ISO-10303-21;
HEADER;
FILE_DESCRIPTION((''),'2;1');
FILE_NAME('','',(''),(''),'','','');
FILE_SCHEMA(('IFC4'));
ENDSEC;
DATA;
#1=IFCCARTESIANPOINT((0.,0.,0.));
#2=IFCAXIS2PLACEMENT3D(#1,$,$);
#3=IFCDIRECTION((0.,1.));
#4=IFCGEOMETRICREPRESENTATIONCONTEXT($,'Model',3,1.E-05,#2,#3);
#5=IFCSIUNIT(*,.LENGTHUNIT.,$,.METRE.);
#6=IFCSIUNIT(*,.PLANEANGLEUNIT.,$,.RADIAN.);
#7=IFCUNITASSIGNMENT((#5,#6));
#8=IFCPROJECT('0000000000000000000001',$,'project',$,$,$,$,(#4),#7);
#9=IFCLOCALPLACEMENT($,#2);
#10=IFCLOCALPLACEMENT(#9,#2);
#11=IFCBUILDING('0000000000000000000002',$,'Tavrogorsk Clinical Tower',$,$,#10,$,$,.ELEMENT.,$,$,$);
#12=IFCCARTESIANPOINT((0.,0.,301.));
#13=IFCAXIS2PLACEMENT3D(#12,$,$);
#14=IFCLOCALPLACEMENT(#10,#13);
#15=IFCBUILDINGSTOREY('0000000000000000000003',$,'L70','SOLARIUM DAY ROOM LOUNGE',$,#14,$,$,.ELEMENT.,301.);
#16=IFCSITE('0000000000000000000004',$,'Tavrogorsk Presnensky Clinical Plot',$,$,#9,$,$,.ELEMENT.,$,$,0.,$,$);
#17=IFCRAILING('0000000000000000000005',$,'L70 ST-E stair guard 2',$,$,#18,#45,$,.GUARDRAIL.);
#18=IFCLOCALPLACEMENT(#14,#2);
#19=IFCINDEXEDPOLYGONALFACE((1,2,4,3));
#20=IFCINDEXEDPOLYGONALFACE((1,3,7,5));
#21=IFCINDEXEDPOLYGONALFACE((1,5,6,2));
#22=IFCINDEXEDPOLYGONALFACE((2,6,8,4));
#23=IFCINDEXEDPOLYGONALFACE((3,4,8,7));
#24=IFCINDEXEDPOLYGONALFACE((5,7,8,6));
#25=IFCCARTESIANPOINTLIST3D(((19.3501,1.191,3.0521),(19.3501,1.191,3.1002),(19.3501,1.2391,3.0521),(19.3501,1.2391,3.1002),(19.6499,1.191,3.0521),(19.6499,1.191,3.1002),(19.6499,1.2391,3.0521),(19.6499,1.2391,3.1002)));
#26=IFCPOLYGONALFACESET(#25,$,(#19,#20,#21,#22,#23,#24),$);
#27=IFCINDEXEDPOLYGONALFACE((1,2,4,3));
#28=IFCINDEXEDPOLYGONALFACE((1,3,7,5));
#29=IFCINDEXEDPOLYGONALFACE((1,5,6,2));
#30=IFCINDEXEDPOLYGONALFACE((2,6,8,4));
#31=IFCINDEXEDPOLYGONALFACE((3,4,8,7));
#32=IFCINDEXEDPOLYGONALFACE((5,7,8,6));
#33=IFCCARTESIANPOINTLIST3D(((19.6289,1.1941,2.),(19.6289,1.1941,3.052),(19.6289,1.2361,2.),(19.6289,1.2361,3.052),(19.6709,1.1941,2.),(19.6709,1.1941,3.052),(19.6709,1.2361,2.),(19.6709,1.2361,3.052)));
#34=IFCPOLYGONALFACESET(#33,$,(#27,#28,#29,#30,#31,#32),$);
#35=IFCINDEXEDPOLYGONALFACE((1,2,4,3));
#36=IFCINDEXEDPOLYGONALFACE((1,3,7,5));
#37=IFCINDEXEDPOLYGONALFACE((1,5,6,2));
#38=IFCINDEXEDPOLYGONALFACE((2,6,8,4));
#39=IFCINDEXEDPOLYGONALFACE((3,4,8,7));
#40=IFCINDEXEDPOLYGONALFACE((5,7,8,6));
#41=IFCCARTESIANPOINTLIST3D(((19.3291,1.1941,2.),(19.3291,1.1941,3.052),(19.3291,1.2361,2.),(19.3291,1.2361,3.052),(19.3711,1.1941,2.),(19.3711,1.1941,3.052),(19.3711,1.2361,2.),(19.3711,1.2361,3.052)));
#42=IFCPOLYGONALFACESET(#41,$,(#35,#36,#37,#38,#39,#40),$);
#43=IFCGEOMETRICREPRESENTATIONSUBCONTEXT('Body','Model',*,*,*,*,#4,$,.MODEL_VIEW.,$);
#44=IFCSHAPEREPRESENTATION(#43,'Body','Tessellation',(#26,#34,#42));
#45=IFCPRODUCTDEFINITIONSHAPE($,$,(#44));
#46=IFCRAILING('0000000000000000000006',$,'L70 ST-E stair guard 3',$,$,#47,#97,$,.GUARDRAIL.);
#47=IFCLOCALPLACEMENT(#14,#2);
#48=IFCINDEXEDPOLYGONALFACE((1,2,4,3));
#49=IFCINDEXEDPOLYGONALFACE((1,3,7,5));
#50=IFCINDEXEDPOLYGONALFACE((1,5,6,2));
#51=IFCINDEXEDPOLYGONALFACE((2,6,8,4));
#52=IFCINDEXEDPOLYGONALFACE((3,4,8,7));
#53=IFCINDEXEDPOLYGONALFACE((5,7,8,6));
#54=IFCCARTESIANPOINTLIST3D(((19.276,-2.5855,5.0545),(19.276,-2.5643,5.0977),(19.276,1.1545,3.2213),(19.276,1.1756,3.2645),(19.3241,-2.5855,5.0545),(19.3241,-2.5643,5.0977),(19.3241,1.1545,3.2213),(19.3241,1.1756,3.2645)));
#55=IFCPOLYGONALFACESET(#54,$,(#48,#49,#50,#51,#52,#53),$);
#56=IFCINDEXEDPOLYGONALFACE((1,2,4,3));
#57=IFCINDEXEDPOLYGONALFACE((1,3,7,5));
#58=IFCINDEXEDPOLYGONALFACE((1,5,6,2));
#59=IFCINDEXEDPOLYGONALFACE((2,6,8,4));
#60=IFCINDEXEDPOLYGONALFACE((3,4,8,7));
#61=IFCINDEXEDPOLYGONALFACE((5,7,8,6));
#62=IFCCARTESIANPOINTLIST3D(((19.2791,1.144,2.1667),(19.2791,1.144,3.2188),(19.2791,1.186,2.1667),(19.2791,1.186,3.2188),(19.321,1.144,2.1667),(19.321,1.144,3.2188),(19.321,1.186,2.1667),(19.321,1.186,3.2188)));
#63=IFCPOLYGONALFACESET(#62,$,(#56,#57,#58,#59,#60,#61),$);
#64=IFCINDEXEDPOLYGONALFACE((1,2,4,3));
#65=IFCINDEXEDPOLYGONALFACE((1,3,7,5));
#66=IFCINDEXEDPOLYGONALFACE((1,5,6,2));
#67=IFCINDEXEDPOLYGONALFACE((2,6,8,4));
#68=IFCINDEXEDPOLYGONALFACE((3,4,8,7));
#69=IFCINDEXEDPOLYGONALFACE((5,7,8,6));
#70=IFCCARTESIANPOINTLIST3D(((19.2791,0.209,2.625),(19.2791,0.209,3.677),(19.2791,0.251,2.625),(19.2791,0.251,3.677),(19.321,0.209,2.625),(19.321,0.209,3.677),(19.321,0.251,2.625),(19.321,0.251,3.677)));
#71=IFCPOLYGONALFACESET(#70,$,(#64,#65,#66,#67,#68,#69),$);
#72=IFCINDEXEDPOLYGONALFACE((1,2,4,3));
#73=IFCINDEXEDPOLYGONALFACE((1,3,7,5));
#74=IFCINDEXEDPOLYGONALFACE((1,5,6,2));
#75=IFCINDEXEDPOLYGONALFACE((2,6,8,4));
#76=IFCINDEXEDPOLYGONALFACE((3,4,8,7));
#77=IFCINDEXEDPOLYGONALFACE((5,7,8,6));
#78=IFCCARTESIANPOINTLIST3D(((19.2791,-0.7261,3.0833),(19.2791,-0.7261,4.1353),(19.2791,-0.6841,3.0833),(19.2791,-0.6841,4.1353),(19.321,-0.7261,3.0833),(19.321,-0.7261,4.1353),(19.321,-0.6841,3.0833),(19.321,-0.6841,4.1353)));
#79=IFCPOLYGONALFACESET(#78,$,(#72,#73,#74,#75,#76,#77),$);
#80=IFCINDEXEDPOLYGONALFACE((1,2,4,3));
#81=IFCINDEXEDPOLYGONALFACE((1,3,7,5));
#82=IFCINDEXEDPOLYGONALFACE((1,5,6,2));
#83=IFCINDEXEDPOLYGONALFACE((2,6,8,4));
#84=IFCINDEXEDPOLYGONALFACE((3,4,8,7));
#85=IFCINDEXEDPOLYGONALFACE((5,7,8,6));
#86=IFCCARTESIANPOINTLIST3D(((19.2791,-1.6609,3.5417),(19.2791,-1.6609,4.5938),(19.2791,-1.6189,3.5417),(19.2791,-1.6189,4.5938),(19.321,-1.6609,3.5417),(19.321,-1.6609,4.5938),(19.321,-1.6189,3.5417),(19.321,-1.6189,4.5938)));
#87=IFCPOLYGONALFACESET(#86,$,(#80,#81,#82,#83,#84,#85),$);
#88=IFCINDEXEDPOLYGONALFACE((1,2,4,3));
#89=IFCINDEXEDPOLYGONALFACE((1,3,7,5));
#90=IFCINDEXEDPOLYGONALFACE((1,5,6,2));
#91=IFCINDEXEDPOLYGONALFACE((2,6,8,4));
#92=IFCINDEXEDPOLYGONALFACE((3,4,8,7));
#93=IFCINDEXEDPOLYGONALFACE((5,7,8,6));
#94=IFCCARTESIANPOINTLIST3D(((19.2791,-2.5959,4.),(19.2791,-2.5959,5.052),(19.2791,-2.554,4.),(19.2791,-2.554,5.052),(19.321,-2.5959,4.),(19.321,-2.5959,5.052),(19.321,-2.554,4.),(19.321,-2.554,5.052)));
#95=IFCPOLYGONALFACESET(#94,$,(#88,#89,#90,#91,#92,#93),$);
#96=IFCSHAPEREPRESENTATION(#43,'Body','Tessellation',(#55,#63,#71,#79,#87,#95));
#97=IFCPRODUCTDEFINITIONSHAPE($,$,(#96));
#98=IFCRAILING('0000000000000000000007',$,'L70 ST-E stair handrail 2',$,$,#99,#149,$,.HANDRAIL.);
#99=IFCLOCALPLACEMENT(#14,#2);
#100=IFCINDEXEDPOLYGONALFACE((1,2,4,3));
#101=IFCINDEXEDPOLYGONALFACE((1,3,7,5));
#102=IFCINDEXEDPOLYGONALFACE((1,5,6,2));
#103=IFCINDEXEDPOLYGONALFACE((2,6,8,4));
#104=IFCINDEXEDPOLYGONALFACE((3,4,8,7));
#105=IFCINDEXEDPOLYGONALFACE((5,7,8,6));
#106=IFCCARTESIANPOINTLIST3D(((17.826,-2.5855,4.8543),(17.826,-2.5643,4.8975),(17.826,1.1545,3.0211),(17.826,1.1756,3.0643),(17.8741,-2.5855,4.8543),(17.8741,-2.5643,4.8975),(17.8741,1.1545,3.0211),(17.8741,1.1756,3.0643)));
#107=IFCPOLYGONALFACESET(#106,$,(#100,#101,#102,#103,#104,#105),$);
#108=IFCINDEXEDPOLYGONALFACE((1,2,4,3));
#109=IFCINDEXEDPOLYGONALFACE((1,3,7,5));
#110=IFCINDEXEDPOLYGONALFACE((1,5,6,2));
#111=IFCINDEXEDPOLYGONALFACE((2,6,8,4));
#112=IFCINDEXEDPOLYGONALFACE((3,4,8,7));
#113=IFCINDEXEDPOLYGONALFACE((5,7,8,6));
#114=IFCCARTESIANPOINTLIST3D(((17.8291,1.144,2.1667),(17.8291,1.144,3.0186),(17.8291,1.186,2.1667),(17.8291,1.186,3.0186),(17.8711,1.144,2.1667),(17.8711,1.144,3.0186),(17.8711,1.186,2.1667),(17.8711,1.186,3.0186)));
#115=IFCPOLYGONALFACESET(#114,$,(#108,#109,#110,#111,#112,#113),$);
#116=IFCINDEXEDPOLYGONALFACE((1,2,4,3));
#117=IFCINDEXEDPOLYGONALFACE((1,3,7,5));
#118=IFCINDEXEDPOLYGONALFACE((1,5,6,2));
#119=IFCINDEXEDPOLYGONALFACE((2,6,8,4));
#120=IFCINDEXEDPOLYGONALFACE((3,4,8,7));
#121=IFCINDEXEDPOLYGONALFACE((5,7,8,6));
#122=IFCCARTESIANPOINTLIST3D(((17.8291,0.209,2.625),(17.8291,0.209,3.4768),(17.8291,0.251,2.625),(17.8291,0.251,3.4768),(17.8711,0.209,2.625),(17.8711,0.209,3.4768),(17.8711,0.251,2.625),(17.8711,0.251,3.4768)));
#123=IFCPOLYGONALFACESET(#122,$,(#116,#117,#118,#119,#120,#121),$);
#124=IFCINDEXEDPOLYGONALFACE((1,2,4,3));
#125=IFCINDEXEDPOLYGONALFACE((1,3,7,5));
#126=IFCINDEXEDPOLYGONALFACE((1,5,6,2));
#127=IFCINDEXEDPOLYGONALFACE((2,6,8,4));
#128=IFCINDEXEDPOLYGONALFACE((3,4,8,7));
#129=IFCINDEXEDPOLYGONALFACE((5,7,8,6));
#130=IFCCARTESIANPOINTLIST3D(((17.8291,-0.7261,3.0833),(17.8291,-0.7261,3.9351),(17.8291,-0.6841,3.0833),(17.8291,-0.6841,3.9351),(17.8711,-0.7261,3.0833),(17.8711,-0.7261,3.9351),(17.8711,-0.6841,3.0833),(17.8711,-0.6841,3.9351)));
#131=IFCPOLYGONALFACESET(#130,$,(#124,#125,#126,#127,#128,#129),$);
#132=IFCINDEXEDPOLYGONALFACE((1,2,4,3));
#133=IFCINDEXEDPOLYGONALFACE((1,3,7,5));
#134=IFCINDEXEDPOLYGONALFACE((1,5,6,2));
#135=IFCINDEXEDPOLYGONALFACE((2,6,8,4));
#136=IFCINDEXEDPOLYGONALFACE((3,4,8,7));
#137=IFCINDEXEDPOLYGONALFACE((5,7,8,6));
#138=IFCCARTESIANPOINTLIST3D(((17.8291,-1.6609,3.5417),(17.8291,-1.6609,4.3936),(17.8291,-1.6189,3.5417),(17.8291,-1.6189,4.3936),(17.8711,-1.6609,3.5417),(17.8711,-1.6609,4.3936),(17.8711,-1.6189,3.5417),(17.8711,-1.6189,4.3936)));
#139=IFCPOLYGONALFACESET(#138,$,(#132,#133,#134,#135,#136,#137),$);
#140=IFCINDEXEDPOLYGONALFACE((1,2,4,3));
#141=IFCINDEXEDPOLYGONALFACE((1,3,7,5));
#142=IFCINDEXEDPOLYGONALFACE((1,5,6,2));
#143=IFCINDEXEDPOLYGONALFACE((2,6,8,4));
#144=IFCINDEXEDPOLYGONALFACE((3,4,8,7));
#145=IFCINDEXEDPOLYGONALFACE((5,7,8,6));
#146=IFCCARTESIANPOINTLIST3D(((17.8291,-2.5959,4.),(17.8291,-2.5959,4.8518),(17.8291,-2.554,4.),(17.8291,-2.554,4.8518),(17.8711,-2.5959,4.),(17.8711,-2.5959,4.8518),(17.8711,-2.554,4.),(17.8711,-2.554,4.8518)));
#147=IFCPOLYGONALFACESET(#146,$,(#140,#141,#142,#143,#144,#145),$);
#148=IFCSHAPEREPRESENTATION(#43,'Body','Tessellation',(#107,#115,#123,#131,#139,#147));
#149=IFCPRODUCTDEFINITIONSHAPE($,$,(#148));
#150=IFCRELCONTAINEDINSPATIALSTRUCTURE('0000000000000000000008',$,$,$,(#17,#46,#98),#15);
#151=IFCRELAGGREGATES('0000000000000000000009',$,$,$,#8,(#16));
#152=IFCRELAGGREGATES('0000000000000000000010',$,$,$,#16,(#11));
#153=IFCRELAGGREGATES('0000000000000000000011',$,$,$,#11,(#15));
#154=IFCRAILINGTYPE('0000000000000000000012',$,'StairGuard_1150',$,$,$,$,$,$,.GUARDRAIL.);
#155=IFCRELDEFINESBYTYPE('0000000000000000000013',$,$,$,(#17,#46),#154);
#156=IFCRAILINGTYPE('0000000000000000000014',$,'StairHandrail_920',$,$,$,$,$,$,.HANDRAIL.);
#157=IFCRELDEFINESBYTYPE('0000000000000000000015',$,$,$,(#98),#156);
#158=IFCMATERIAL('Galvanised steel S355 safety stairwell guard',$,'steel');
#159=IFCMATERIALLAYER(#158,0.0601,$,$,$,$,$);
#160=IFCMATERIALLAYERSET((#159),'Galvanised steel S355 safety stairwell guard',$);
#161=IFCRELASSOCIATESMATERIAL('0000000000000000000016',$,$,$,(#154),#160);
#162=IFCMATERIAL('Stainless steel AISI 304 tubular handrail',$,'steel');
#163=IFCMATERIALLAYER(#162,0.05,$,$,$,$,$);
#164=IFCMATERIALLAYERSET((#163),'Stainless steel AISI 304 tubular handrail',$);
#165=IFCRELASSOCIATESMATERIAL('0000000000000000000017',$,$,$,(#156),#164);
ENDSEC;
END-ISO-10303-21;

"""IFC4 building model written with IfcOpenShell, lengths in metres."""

from ifc_helpers import new_model, si_unit, direction, frame, origin, origin_2d, place, context, subcontext, project, spatial, rectangle, extrude, material, layer, layer_set, type_object, element, save


model = new_model("IFC4")

# Units and contexts
model_context = context("Model", 3, precision=1e-05, world=origin(), true_north=direction((0.0, 1.0)))
body_context = subcontext(model_context, "Body", "Model", "MODEL_VIEW")
ifc_project = project(units=[si_unit("LENGTHUNIT", "METRE"), si_unit("PLANEANGLEUNIT", "RADIAN")], contexts=[model_context])

# Site, building, storey
site_placement = place(None, origin())
site = spatial("IfcSite", under=ifc_project, at=site_placement, Name="Tavrogorsk Presnensky Clinical Plot", CompositionType="ELEMENT", RefElevation=0.0)
building_placement = place(site_placement, origin())
building = spatial("IfcBuilding", under=site, at=building_placement, Name="Tavrogorsk Clinical Tower", CompositionType="ELEMENT")
storey_placement = place(building_placement, frame((0.0, 0.0, 301.0)))
storey = spatial("IfcBuildingStorey", under=building, at=storey_placement, Name="L70", Description="SOLARIUM DAY ROOM LOUNGE", CompositionType="ELEMENT", Elevation=301.0)

# Railings
ifc_material_1 = material(Name="Galvanised steel S355 safety stairwell guard", Category="steel")
ifc_layer_1 = layer(ifc_material_1, 0.0601)
ifc_layer_set_1 = layer_set([ifc_layer_1], Name="Galvanised steel S355 safety stairwell guard")
railing_type_1 = type_object("IfcRailingType", Name="StairGuard_1150", PredefinedType="GUARDRAIL", material=ifc_layer_set_1)
railing_1_placement = place(storey_placement, frame((19.6499, 1.2151, 2.0)))
element("IfcRailing", 1, at=railing_1_placement, inside=storey, type_object=railing_type_1, Name="L70 ST-E stair guard 2", PredefinedType="GUARDRAIL", context=body_context, shape_type="SweptSolid", body=[
    extrude(rectangle(XDim=0.0481, YDim=0.0481, at=origin_2d()), frame((0.0, 0.0, 1.0762), z_axis=(-1.0, 0.0, 0.0), x_axis=(0.0, -1.0, 0.0)), (0.0, 0.0, 1.0), 0.2998),
    extrude(rectangle(XDim=0.042, YDim=0.042, at=origin_2d()), origin(), (0.0, 0.0, 1.0), 1.052),
    extrude(rectangle(XDim=0.042, YDim=0.042, at=origin_2d()), frame((-0.2998, 0.0, 0.0)), (0.0, 0.0, 1.0), 1.052),
])
railing_2_placement = place(storey_placement, frame((19.3, 1.165, 2.1667)))
element("IfcRailing", 2, at=railing_2_placement, inside=storey, type_object=railing_type_1, Name="L70 ST-E stair guard 3", PredefinedType="GUARDRAIL", context=body_context, shape_type="SweptSolid", body=[
    extrude(rectangle(XDim=0.0481, YDim=0.0481, at=origin_2d()), frame((0.0, 0.0, 1.0762), z_axis=(0.0, -0.897928, 0.440142), x_axis=(1.0, 0.0, 0.0)), (0.0, 0.0, 1.0), 4.165),
    extrude(rectangle(XDim=0.042, YDim=0.042, at=origin_2d()), origin(), (0.0, 0.0, 1.0), 1.052),
    extrude(rectangle(XDim=0.042, YDim=0.042, at=origin_2d()), frame((0.0, -0.9351, 0.4583)), (0.0, 0.0, 1.0), 1.052),
    extrude(rectangle(XDim=0.042, YDim=0.042, at=origin_2d()), frame((0.0, -1.8701, 0.9165)), (0.0, 0.0, 1.0), 1.052),
    extrude(rectangle(XDim=0.042, YDim=0.042, at=origin_2d()), frame((0.0, -2.8049, 1.375)), (0.0, 0.0, 1.0), 1.052),
    extrude(rectangle(XDim=0.042, YDim=0.042, at=origin_2d()), frame((0.0, -3.74, 1.8333)), (0.0, 0.0, 1.0), 1.052),
])
ifc_material_2 = material(Name="Stainless steel AISI 304 tubular handrail", Category="steel")
ifc_layer_2 = layer(ifc_material_2, 0.05)
ifc_layer_set_2 = layer_set([ifc_layer_2], Name="Stainless steel AISI 304 tubular handrail")
railing_type_2 = type_object("IfcRailingType", Name="StairHandrail_920", PredefinedType="HANDRAIL", material=ifc_layer_set_2)
railing_3_placement = place(storey_placement, frame((17.8501, 1.165, 2.1667)))
element("IfcRailing", 3, at=railing_3_placement, inside=storey, type_object=railing_type_2, Name="L70 ST-E stair handrail 2", PredefinedType="HANDRAIL", context=body_context, shape_type="SweptSolid", body=[
    extrude(rectangle(XDim=0.0481, YDim=0.0481, at=origin_2d()), frame((0.0, 0.0, 0.876), z_axis=(0.0, -0.897928, 0.440142), x_axis=(1.0, 0.0, 0.0)), (0.0, 0.0, 1.0), 4.165),
    extrude(rectangle(XDim=0.042, YDim=0.042, at=origin_2d()), origin(), (0.0, 0.0, 1.0), 0.8518),
    extrude(rectangle(XDim=0.042, YDim=0.042, at=origin_2d()), frame((0.0, -0.9351, 0.4583)), (0.0, 0.0, 1.0), 0.8518),
    extrude(rectangle(XDim=0.042, YDim=0.042, at=origin_2d()), frame((0.0, -1.8701, 0.9165)), (0.0, 0.0, 1.0), 0.8518),
    extrude(rectangle(XDim=0.042, YDim=0.042, at=origin_2d()), frame((0.0, -2.8049, 1.375)), (0.0, 0.0, 1.0), 0.8518),
    extrude(rectangle(XDim=0.042, YDim=0.042, at=origin_2d()), frame((0.0, -3.74, 1.8333)), (0.0, 0.0, 1.0), 0.8518),
])

save(model, "model.ifc")
